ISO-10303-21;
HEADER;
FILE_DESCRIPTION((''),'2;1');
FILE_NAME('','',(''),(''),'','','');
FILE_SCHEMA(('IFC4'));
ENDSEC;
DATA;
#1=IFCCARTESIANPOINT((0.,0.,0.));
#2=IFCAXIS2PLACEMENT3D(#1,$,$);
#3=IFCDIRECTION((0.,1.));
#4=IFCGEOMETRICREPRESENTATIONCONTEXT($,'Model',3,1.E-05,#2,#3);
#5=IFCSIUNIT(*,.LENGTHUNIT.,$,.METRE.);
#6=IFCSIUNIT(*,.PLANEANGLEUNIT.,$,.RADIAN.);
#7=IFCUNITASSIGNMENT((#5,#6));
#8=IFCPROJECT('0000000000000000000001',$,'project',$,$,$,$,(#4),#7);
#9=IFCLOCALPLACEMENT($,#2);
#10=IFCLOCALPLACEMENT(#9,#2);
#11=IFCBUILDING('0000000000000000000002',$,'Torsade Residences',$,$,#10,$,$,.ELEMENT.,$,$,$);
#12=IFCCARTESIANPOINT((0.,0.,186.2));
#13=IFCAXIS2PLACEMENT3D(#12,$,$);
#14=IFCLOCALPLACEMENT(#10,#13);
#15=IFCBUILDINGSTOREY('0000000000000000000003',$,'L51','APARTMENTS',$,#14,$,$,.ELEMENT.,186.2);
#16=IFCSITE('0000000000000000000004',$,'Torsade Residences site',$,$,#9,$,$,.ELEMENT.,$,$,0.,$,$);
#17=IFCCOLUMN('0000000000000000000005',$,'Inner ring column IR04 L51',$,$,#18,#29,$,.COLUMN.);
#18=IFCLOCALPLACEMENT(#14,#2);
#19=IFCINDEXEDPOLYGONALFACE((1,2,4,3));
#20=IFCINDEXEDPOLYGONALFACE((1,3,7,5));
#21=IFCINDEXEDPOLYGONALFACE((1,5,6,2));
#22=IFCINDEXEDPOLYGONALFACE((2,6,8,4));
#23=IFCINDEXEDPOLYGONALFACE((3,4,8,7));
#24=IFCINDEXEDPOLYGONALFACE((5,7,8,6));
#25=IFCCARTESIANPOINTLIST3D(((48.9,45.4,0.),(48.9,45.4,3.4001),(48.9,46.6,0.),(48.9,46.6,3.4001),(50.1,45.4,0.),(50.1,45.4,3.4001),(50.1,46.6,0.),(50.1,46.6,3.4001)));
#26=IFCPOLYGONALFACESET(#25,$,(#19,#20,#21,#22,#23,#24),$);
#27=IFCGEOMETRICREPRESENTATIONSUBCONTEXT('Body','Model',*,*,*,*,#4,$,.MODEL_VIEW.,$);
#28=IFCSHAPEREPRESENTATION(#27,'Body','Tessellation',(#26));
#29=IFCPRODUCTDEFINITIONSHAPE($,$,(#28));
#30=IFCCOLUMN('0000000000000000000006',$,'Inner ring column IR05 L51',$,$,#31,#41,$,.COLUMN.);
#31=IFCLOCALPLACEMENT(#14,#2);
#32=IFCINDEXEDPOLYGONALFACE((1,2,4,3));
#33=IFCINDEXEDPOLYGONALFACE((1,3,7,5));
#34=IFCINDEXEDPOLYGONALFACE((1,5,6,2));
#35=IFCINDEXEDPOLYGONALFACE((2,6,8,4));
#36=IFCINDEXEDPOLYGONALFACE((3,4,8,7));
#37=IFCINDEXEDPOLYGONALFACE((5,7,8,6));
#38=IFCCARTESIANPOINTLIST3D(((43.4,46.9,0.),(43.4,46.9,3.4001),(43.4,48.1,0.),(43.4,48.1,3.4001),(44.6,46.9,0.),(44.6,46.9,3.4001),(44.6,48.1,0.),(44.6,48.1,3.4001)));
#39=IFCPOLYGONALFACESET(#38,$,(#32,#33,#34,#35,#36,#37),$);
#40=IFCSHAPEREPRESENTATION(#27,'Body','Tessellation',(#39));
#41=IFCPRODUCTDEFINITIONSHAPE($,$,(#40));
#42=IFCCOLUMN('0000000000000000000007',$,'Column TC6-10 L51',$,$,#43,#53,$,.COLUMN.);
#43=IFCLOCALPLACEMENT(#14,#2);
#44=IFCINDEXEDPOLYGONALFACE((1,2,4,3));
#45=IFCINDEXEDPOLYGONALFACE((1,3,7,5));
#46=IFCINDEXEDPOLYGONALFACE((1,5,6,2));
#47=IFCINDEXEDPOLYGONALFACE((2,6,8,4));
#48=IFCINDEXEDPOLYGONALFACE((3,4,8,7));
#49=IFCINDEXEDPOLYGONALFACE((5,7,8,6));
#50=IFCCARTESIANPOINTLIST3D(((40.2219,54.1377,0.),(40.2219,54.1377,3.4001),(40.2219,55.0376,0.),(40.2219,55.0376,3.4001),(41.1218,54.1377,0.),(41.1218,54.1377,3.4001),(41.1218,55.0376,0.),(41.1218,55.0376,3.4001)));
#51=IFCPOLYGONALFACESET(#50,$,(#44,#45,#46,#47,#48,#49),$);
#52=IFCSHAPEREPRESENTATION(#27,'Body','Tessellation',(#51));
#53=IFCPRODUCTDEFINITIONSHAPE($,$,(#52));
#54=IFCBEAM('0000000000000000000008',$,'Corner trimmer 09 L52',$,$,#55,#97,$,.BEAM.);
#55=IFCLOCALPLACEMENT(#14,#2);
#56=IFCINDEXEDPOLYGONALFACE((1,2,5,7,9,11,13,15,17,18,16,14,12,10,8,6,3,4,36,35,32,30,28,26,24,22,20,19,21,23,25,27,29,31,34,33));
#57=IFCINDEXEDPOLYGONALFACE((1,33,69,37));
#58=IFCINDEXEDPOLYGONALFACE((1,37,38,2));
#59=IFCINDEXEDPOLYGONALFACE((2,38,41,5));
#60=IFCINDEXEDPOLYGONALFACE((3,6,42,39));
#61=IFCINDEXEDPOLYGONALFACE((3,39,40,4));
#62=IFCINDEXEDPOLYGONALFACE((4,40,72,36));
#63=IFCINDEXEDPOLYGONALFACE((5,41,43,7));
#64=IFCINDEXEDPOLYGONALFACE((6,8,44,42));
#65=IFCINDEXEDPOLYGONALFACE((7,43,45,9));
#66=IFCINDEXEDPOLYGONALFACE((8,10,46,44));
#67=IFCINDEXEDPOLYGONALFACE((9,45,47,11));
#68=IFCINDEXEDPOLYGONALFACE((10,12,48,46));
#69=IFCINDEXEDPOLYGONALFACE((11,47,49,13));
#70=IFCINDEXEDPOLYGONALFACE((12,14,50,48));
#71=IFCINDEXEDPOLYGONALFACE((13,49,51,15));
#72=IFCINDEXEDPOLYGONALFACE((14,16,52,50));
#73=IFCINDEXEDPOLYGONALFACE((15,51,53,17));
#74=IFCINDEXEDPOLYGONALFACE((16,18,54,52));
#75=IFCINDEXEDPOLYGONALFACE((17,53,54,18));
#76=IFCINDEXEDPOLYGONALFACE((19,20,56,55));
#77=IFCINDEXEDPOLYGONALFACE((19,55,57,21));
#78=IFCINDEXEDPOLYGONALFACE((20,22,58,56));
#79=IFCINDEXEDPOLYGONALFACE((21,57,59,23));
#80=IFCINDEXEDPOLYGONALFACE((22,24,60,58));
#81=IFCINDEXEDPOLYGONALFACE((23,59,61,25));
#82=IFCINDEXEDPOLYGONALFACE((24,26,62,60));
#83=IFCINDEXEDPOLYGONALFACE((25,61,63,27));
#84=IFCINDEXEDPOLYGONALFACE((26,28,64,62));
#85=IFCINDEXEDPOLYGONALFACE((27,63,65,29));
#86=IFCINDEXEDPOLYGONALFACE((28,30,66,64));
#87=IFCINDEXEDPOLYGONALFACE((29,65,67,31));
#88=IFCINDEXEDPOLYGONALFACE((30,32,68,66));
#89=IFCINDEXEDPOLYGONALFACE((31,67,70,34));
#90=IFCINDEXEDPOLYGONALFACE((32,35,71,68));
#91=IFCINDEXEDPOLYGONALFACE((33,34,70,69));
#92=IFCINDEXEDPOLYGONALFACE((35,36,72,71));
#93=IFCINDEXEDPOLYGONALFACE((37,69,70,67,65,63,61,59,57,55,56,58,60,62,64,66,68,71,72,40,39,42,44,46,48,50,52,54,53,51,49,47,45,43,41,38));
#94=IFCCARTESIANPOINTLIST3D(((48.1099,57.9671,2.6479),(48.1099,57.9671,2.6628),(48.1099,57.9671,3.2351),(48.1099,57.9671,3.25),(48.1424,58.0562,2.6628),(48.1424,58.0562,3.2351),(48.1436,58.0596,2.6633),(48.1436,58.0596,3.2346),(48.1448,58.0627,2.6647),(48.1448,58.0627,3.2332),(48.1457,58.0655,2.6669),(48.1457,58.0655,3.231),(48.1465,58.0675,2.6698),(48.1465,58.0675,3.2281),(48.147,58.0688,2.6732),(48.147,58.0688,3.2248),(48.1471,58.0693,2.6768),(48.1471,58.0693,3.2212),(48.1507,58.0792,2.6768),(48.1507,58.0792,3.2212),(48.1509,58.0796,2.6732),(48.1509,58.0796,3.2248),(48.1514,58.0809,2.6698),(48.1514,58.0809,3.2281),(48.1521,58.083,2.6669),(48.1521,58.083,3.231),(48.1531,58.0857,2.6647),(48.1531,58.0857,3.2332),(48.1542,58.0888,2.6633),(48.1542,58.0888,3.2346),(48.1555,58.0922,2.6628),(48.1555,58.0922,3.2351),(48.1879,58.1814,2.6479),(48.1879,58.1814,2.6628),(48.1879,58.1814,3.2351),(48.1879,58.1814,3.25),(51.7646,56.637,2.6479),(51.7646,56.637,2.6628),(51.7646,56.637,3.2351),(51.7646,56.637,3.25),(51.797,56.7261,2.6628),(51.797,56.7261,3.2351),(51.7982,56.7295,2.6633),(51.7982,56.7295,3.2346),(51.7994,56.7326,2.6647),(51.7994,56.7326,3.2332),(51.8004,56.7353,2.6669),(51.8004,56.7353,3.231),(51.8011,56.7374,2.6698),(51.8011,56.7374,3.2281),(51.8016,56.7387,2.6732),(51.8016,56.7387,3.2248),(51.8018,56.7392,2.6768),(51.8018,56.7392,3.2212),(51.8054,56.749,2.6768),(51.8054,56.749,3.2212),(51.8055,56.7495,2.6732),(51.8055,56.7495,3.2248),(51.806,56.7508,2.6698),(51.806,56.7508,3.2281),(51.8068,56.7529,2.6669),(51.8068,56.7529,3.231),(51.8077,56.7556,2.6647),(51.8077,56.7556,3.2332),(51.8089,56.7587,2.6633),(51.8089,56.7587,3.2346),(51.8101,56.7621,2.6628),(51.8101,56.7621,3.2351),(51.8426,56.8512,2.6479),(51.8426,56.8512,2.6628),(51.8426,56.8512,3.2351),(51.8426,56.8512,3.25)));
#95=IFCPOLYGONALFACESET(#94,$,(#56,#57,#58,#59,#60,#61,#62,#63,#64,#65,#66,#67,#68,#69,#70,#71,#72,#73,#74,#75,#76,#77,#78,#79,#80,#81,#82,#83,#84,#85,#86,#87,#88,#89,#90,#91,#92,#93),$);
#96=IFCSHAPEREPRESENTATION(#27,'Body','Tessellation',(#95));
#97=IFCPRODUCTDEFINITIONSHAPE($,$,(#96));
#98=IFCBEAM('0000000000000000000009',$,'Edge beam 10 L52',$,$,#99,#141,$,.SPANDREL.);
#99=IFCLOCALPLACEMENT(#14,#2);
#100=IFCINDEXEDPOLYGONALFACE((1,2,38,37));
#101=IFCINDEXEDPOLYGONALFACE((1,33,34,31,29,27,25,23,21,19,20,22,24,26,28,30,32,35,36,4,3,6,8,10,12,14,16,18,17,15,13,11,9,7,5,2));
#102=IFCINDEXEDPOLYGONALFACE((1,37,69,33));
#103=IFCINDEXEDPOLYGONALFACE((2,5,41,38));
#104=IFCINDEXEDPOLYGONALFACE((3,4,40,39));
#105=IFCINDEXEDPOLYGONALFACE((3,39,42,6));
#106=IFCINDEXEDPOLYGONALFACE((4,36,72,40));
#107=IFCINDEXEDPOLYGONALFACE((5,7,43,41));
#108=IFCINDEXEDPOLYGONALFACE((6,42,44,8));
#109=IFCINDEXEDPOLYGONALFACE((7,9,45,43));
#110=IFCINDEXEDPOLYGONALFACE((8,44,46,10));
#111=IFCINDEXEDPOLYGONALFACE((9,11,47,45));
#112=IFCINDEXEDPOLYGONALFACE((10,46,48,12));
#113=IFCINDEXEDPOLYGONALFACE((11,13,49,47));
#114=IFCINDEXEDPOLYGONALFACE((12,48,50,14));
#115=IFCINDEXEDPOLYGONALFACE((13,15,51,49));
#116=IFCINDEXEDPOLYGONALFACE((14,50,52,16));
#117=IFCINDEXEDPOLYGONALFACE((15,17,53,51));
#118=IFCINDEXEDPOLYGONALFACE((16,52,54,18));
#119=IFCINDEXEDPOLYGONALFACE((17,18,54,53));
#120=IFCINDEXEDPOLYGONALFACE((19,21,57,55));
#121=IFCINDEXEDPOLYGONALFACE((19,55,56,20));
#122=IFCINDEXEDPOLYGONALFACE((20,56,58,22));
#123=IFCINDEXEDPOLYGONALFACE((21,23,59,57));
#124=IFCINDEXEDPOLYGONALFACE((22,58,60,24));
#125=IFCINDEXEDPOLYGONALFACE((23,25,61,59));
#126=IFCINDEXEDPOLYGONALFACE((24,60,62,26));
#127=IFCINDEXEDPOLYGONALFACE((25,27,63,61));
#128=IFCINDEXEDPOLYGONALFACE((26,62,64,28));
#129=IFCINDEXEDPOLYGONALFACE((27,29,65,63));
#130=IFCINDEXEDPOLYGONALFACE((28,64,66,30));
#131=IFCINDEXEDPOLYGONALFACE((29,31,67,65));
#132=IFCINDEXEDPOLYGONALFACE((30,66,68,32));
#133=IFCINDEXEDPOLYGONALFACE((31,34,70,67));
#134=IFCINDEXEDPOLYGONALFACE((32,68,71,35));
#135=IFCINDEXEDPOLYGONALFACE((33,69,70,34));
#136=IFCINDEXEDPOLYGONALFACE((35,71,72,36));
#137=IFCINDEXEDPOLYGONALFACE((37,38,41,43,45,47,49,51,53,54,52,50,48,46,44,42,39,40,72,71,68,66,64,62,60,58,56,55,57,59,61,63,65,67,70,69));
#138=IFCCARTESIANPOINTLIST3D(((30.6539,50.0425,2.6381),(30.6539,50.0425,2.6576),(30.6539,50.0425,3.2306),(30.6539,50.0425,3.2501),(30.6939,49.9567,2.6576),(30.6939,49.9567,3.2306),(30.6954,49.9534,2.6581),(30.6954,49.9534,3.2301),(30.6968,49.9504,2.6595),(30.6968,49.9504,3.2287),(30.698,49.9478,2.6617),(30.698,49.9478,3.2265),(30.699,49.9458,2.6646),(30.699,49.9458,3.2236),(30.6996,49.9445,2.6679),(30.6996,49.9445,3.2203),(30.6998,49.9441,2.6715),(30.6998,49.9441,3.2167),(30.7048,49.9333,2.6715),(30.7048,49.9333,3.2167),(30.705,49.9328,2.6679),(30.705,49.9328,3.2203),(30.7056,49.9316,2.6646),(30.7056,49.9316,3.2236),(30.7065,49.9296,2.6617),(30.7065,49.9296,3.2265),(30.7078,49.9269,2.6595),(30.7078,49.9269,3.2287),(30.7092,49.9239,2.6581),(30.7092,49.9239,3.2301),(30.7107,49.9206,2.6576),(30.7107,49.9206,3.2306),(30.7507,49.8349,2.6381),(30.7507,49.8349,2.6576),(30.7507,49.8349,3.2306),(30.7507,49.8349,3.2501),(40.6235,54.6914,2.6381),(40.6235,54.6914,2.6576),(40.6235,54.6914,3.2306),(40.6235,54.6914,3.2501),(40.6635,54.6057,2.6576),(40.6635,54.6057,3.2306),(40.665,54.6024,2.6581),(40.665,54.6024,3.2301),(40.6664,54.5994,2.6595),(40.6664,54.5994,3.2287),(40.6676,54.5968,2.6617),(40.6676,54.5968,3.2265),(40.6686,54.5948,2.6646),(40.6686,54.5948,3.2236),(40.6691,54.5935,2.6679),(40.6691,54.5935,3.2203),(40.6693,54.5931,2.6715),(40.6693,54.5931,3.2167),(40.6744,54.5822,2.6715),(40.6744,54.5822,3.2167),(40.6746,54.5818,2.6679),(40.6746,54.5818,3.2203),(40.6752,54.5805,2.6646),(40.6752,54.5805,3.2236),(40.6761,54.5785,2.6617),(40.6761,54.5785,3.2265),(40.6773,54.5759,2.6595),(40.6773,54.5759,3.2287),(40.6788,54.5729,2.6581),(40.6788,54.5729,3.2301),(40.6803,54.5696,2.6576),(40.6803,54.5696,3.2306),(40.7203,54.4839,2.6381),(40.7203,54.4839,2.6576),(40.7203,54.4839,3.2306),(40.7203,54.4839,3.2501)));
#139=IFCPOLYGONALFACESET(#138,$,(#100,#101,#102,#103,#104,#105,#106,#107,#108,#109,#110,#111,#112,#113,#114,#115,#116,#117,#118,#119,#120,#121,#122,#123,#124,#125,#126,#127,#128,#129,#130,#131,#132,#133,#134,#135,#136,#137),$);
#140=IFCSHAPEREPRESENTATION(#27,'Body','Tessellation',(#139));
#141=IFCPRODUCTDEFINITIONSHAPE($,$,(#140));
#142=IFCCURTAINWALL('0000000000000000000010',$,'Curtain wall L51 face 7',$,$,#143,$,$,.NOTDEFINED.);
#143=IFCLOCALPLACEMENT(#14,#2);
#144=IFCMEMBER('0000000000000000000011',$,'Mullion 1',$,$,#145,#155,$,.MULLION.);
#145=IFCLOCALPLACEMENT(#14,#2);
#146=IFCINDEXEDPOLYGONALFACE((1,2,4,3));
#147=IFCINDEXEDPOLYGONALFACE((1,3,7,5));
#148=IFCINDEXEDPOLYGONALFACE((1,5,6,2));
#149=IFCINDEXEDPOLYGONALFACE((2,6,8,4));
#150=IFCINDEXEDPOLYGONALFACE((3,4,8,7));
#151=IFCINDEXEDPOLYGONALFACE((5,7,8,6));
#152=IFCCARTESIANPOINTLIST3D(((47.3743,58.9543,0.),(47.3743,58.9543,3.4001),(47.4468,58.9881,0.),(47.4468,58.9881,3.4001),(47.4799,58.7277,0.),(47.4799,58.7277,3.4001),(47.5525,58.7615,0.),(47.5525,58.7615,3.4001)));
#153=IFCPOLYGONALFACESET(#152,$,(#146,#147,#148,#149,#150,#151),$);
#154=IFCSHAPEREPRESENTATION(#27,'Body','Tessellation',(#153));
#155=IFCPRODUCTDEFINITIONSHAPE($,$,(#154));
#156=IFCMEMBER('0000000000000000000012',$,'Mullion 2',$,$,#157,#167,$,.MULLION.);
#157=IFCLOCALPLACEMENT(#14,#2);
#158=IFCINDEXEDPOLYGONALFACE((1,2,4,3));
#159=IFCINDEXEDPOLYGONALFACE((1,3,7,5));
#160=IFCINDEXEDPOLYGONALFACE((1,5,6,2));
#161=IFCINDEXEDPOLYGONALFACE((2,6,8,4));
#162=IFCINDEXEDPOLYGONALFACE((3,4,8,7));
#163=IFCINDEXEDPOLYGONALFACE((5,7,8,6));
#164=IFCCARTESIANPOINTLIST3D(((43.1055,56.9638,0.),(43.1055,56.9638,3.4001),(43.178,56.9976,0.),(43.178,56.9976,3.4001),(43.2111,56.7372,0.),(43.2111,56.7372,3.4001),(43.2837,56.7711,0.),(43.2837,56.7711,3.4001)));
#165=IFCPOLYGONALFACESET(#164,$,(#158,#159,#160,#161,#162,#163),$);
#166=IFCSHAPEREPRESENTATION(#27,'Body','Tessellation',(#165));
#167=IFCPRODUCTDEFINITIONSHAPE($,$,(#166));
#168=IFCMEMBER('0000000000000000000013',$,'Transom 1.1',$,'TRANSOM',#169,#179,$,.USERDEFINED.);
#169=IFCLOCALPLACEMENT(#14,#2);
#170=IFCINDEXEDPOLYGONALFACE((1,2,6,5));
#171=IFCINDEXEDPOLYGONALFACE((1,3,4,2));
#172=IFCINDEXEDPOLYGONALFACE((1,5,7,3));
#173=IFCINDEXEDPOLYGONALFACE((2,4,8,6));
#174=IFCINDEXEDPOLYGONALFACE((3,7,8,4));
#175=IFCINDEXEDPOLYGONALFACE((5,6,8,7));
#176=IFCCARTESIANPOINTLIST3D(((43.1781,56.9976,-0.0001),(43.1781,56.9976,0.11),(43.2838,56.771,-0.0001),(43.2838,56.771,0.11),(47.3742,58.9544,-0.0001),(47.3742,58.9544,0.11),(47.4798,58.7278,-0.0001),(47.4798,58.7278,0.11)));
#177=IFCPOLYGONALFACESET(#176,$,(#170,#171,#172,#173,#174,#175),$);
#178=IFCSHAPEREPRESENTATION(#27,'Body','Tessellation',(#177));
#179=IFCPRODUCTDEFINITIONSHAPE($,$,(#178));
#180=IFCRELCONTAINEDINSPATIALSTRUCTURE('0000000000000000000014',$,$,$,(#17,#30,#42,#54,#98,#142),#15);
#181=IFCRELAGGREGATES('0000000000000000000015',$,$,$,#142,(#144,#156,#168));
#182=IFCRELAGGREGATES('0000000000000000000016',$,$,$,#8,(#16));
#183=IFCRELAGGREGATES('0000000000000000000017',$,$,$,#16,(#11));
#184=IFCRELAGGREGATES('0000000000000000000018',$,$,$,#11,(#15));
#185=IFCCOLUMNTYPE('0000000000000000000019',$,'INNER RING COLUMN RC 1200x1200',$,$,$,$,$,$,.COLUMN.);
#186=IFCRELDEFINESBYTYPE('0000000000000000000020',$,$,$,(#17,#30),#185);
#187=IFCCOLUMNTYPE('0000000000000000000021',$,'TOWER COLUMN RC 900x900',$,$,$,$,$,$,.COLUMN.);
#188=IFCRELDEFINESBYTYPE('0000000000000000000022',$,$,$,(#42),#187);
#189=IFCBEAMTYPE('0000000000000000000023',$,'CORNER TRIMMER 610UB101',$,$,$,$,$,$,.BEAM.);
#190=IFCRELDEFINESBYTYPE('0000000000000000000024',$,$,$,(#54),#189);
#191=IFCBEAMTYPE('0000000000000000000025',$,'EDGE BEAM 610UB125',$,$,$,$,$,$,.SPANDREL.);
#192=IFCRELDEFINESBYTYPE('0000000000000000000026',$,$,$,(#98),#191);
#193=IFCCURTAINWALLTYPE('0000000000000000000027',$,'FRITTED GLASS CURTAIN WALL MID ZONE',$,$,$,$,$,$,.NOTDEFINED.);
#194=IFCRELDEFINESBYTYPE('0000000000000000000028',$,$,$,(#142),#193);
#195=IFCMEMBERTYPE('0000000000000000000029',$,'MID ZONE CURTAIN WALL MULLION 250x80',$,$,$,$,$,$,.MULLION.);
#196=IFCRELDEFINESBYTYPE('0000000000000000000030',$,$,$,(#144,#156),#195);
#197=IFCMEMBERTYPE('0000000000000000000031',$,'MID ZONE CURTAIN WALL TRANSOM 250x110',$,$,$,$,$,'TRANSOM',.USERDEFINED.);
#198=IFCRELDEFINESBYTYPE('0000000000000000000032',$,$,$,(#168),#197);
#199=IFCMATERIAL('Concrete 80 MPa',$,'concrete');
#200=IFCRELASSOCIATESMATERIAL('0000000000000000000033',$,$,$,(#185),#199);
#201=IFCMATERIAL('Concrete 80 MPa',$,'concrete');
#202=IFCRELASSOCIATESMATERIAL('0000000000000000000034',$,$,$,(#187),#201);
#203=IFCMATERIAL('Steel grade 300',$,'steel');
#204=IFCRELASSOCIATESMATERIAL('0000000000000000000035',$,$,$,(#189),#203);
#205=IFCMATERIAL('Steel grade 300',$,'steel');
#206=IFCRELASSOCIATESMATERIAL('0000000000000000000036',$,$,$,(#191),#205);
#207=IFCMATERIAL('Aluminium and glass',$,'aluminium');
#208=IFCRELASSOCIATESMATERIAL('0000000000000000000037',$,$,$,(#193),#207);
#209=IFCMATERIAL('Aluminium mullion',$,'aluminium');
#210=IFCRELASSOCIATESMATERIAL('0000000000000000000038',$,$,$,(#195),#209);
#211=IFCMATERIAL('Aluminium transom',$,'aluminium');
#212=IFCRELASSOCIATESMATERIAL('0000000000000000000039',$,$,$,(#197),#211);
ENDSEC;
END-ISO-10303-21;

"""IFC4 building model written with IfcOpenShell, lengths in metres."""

from ifc_helpers import new_model, si_unit, direction, frame, origin, origin_2d, place, context, subcontext, project, spatial, rectangle, i_section, extrude, material, material_profile, profile_set, type_object, element, aggregate, save


model = new_model("IFC4")

# Units and contexts
model_context = context("Model", 3, precision=1e-05, world=origin(), true_north=direction((0.0, 1.0)))
body_context = subcontext(model_context, "Body", "Model", "MODEL_VIEW")
ifc_project = project(units=[si_unit("LENGTHUNIT", "METRE"), si_unit("PLANEANGLEUNIT", "RADIAN")], contexts=[model_context])

# Site, building, storey
site_placement = place(None, origin())
site = spatial("IfcSite", under=ifc_project, at=site_placement, Name="Torsade Residences site", CompositionType="ELEMENT", RefElevation=0.0)
building_placement = place(site_placement, origin())
building = spatial("IfcBuilding", under=site, at=building_placement, Name="Torsade Residences", CompositionType="ELEMENT")
storey_placement = place(building_placement, frame((0.0, 0.0, 186.2)))
storey = spatial("IfcBuildingStorey", under=building, at=storey_placement, Name="L51", Description="APARTMENTS", CompositionType="ELEMENT", Elevation=186.2)

# Columns
ifc_material_1 = material(Name="Concrete 80 MPa", Category="concrete")
ifc_material_profile_1 = material_profile(ifc_material_1, rectangle(XDim=1.2, YDim=1.2, at=origin_2d()), Name="RC 1200x1200")
ifc_profile_set_1 = profile_set([ifc_material_profile_1], Name="Concrete 80 MPa")
column_type_1 = type_object("IfcColumnType", Name="INNER RING COLUMN RC 1200x1200", PredefinedType="COLUMN", material=ifc_profile_set_1)
for number, where, z_axis, x_axis, name in (
    (1, (49.5, 46.0, 0.0), (0.0, 0.0, 1.0), (1.0, 0.0, 0.0), "Inner ring column IR04 L51"),
    (2, (44.0, 47.5, 0.0), (0.0, 0.0, 1.0), (1.0, 0.0, 0.0), "Inner ring column IR05 L51"),
):
    element("IfcColumn", number, at=place(storey_placement, frame(where, z_axis=z_axis, x_axis=x_axis)), inside=storey, type_object=column_type_1, Name=name, PredefinedType="COLUMN", context=body_context, shape_type="SweptSolid", body=[
        extrude(rectangle(XDim=1.2, YDim=1.2, at=origin_2d()), origin(), (0.0, 0.0, 1.0), 3.4001),
    ])
ifc_material_2 = material(Name="Concrete 80 MPa", Category="concrete")
ifc_material_profile_2 = material_profile(ifc_material_2, rectangle(XDim=0.8999, YDim=0.8999, at=origin_2d()), Name="RC 900x900")
ifc_profile_set_2 = profile_set([ifc_material_profile_2], Name="Concrete 80 MPa")
column_type_2 = type_object("IfcColumnType", Name="TOWER COLUMN RC 900x900", PredefinedType="COLUMN", material=ifc_profile_set_2)
column_placement = place(storey_placement, frame((40.6719, 54.5876, 0.0), z_axis=(0.0, 0.0, 1.0), x_axis=(1.0, 0.0, 0.0)))
element("IfcColumn", 3, at=column_placement, inside=storey, type_object=column_type_2, Name="Column TC6-10 L51", PredefinedType="COLUMN", context=body_context, shape_type="SweptSolid", body=[
    extrude(rectangle(XDim=0.8999, YDim=0.8999, at=origin_2d()), origin(), (0.0, 0.0, 1.0), 3.4001),
])

# Beams
ifc_material_3 = material(Name="Steel grade 300", Category="steel")
ifc_material_profile_3 = material_profile(ifc_material_3, i_section(OverallWidth=0.228, OverallDepth=0.6021, WebThickness=0.0105, FlangeThickness=0.0149, FilletRadius=0.0139, at=origin_2d()), Name="610UB101")
ifc_profile_set_3 = profile_set([ifc_material_profile_3], Name="Steel grade 300")
beam_type_1 = type_object("IfcBeamType", Name="CORNER TRIMMER 610UB101", PredefinedType="BEAM", material=ifc_profile_set_3)
beam_1_placement = place(storey_placement, frame((48.1489, 58.0742, 2.949), z_axis=(0.939698, -0.342005, 0.0), x_axis=(0.342005, 0.939698, 0.0)))
element("IfcBeam", 4, at=beam_1_placement, inside=storey, type_object=beam_type_1, Name="Corner trimmer 09 L52", PredefinedType="BEAM", context=body_context, shape_type="SweptSolid", body=[
    extrude(i_section(OverallWidth=0.228, OverallDepth=0.6021, WebThickness=0.0105, FlangeThickness=0.0149, FilletRadius=0.0139, at=origin_2d()), origin(), (0.0, 0.0, 1.0), 3.8892),
])
ifc_material_4 = material(Name="Steel grade 300", Category="steel")
ifc_material_profile_4 = material_profile(ifc_material_4, i_section(OverallWidth=0.229, OverallDepth=0.6121, WebThickness=0.012, FlangeThickness=0.0195, FilletRadius=0.0139, at=origin_2d()), Name="610UB125")
ifc_profile_set_4 = profile_set([ifc_material_profile_4], Name="Steel grade 300")
beam_type_2 = type_object("IfcBeamType", Name="EDGE BEAM 610UB125", PredefinedType="SPANDREL", material=ifc_profile_set_4)
beam_2_placement = place(storey_placement, frame((40.6719, 54.5876, 2.9441), z_axis=(-0.906305, -0.422624, 0.0), x_axis=(0.422624, -0.906305, 0.0)))
element("IfcBeam", 5, at=beam_2_placement, inside=storey, type_object=beam_type_2, Name="Edge beam 10 L52", PredefinedType="SPANDREL", context=body_context, shape_type="SweptSolid", body=[
    extrude(i_section(OverallWidth=0.229, OverallDepth=0.6121, WebThickness=0.012, FlangeThickness=0.0195, FilletRadius=0.0139, at=origin_2d()), origin(), (0.0, 0.0, 1.0), 11.0002),
])

# Curtain wall, members
ifc_material_5 = material(Name="Aluminium and glass", Category="aluminium")
curtain_wall_type = type_object("IfcCurtainWallType", Name="FRITTED GLASS CURTAIN WALL MID ZONE", PredefinedType="NOTDEFINED", material=ifc_material_5)
curtain_wall_placement = place(storey_placement, origin())
curtain_wall = element("IfcCurtainWall", 6, at=curtain_wall_placement, inside=storey, type_object=curtain_wall_type, Name="Curtain wall L51 face 7", PredefinedType="NOTDEFINED")
ifc_material_6 = material(Name="Aluminium mullion", Category="aluminium")
ifc_material_profile_5 = material_profile(ifc_material_6, rectangle(XDim=0.25, YDim=0.0801, at=origin_2d()), Name="MID ZONE CURTAIN WALL MULLION 250x80")
ifc_profile_set_5 = profile_set([ifc_material_profile_5], Name="Aluminium mullion")
member_type_1 = type_object("IfcMemberType", Name="MID ZONE CURTAIN WALL MULLION 250x80", PredefinedType="MULLION", material=ifc_profile_set_5)
member_1_placement = place(storey_placement, frame((47.4634, 58.8579, 0.0), z_axis=(0.0, 0.0, 1.0), x_axis=(0.422618, -0.906308, 0.0)))
member_1 = element("IfcMember", 7, at=member_1_placement, type_object=member_type_1, Name="Mullion 1", PredefinedType="MULLION", context=body_context, shape_type="SweptSolid", body=[
    extrude(rectangle(XDim=0.25, YDim=0.0801, at=origin_2d()), origin(), (0.0, 0.0, 1.0), 3.4001),
])
member_2_placement = place(storey_placement, frame((43.1946, 56.8674, 0.0), z_axis=(0.0, 0.0, 1.0), x_axis=(0.422618, -0.906308, 0.0)))
member_2 = element("IfcMember", 8, at=member_2_placement, type_object=member_type_1, Name="Mullion 2", PredefinedType="MULLION", context=body_context, shape_type="SweptSolid", body=[
    extrude(rectangle(XDim=0.25, YDim=0.0801, at=origin_2d()), origin(), (0.0, 0.0, 1.0), 3.4001),
])
ifc_material_7 = material(Name="Aluminium transom", Category="aluminium")
ifc_material_profile_6 = material_profile(ifc_material_7, rectangle(XDim=0.25, YDim=0.1101, at=origin_2d()), Name="MID ZONE CURTAIN WALL TRANSOM 250x110")
ifc_profile_set_6 = profile_set([ifc_material_profile_6], Name="Aluminium transom")
member_type_2 = type_object("IfcMemberType", Name="MID ZONE CURTAIN WALL TRANSOM 250x110", ElementType="TRANSOM", PredefinedType="USERDEFINED", material=ifc_profile_set_6)
member_3_placement = place(storey_placement, frame((47.427, 58.8411, 0.0549), z_axis=(-0.906296, -0.422643, 0.0), x_axis=(0.422643, -0.906296, 0.0)))
member_3 = element("IfcMember", 9, at=member_3_placement, type_object=member_type_2, Name="Transom 1.1", ObjectType="TRANSOM", PredefinedType="USERDEFINED", context=body_context, shape_type="SweptSolid", body=[
    extrude(rectangle(XDim=0.25, YDim=0.1101, at=origin_2d()), origin(), (0.0, 0.0, 1.0), 4.6299),
])

aggregate(curtain_wall, [member_1, member_2, member_3])

save(model, "model.ifc")
